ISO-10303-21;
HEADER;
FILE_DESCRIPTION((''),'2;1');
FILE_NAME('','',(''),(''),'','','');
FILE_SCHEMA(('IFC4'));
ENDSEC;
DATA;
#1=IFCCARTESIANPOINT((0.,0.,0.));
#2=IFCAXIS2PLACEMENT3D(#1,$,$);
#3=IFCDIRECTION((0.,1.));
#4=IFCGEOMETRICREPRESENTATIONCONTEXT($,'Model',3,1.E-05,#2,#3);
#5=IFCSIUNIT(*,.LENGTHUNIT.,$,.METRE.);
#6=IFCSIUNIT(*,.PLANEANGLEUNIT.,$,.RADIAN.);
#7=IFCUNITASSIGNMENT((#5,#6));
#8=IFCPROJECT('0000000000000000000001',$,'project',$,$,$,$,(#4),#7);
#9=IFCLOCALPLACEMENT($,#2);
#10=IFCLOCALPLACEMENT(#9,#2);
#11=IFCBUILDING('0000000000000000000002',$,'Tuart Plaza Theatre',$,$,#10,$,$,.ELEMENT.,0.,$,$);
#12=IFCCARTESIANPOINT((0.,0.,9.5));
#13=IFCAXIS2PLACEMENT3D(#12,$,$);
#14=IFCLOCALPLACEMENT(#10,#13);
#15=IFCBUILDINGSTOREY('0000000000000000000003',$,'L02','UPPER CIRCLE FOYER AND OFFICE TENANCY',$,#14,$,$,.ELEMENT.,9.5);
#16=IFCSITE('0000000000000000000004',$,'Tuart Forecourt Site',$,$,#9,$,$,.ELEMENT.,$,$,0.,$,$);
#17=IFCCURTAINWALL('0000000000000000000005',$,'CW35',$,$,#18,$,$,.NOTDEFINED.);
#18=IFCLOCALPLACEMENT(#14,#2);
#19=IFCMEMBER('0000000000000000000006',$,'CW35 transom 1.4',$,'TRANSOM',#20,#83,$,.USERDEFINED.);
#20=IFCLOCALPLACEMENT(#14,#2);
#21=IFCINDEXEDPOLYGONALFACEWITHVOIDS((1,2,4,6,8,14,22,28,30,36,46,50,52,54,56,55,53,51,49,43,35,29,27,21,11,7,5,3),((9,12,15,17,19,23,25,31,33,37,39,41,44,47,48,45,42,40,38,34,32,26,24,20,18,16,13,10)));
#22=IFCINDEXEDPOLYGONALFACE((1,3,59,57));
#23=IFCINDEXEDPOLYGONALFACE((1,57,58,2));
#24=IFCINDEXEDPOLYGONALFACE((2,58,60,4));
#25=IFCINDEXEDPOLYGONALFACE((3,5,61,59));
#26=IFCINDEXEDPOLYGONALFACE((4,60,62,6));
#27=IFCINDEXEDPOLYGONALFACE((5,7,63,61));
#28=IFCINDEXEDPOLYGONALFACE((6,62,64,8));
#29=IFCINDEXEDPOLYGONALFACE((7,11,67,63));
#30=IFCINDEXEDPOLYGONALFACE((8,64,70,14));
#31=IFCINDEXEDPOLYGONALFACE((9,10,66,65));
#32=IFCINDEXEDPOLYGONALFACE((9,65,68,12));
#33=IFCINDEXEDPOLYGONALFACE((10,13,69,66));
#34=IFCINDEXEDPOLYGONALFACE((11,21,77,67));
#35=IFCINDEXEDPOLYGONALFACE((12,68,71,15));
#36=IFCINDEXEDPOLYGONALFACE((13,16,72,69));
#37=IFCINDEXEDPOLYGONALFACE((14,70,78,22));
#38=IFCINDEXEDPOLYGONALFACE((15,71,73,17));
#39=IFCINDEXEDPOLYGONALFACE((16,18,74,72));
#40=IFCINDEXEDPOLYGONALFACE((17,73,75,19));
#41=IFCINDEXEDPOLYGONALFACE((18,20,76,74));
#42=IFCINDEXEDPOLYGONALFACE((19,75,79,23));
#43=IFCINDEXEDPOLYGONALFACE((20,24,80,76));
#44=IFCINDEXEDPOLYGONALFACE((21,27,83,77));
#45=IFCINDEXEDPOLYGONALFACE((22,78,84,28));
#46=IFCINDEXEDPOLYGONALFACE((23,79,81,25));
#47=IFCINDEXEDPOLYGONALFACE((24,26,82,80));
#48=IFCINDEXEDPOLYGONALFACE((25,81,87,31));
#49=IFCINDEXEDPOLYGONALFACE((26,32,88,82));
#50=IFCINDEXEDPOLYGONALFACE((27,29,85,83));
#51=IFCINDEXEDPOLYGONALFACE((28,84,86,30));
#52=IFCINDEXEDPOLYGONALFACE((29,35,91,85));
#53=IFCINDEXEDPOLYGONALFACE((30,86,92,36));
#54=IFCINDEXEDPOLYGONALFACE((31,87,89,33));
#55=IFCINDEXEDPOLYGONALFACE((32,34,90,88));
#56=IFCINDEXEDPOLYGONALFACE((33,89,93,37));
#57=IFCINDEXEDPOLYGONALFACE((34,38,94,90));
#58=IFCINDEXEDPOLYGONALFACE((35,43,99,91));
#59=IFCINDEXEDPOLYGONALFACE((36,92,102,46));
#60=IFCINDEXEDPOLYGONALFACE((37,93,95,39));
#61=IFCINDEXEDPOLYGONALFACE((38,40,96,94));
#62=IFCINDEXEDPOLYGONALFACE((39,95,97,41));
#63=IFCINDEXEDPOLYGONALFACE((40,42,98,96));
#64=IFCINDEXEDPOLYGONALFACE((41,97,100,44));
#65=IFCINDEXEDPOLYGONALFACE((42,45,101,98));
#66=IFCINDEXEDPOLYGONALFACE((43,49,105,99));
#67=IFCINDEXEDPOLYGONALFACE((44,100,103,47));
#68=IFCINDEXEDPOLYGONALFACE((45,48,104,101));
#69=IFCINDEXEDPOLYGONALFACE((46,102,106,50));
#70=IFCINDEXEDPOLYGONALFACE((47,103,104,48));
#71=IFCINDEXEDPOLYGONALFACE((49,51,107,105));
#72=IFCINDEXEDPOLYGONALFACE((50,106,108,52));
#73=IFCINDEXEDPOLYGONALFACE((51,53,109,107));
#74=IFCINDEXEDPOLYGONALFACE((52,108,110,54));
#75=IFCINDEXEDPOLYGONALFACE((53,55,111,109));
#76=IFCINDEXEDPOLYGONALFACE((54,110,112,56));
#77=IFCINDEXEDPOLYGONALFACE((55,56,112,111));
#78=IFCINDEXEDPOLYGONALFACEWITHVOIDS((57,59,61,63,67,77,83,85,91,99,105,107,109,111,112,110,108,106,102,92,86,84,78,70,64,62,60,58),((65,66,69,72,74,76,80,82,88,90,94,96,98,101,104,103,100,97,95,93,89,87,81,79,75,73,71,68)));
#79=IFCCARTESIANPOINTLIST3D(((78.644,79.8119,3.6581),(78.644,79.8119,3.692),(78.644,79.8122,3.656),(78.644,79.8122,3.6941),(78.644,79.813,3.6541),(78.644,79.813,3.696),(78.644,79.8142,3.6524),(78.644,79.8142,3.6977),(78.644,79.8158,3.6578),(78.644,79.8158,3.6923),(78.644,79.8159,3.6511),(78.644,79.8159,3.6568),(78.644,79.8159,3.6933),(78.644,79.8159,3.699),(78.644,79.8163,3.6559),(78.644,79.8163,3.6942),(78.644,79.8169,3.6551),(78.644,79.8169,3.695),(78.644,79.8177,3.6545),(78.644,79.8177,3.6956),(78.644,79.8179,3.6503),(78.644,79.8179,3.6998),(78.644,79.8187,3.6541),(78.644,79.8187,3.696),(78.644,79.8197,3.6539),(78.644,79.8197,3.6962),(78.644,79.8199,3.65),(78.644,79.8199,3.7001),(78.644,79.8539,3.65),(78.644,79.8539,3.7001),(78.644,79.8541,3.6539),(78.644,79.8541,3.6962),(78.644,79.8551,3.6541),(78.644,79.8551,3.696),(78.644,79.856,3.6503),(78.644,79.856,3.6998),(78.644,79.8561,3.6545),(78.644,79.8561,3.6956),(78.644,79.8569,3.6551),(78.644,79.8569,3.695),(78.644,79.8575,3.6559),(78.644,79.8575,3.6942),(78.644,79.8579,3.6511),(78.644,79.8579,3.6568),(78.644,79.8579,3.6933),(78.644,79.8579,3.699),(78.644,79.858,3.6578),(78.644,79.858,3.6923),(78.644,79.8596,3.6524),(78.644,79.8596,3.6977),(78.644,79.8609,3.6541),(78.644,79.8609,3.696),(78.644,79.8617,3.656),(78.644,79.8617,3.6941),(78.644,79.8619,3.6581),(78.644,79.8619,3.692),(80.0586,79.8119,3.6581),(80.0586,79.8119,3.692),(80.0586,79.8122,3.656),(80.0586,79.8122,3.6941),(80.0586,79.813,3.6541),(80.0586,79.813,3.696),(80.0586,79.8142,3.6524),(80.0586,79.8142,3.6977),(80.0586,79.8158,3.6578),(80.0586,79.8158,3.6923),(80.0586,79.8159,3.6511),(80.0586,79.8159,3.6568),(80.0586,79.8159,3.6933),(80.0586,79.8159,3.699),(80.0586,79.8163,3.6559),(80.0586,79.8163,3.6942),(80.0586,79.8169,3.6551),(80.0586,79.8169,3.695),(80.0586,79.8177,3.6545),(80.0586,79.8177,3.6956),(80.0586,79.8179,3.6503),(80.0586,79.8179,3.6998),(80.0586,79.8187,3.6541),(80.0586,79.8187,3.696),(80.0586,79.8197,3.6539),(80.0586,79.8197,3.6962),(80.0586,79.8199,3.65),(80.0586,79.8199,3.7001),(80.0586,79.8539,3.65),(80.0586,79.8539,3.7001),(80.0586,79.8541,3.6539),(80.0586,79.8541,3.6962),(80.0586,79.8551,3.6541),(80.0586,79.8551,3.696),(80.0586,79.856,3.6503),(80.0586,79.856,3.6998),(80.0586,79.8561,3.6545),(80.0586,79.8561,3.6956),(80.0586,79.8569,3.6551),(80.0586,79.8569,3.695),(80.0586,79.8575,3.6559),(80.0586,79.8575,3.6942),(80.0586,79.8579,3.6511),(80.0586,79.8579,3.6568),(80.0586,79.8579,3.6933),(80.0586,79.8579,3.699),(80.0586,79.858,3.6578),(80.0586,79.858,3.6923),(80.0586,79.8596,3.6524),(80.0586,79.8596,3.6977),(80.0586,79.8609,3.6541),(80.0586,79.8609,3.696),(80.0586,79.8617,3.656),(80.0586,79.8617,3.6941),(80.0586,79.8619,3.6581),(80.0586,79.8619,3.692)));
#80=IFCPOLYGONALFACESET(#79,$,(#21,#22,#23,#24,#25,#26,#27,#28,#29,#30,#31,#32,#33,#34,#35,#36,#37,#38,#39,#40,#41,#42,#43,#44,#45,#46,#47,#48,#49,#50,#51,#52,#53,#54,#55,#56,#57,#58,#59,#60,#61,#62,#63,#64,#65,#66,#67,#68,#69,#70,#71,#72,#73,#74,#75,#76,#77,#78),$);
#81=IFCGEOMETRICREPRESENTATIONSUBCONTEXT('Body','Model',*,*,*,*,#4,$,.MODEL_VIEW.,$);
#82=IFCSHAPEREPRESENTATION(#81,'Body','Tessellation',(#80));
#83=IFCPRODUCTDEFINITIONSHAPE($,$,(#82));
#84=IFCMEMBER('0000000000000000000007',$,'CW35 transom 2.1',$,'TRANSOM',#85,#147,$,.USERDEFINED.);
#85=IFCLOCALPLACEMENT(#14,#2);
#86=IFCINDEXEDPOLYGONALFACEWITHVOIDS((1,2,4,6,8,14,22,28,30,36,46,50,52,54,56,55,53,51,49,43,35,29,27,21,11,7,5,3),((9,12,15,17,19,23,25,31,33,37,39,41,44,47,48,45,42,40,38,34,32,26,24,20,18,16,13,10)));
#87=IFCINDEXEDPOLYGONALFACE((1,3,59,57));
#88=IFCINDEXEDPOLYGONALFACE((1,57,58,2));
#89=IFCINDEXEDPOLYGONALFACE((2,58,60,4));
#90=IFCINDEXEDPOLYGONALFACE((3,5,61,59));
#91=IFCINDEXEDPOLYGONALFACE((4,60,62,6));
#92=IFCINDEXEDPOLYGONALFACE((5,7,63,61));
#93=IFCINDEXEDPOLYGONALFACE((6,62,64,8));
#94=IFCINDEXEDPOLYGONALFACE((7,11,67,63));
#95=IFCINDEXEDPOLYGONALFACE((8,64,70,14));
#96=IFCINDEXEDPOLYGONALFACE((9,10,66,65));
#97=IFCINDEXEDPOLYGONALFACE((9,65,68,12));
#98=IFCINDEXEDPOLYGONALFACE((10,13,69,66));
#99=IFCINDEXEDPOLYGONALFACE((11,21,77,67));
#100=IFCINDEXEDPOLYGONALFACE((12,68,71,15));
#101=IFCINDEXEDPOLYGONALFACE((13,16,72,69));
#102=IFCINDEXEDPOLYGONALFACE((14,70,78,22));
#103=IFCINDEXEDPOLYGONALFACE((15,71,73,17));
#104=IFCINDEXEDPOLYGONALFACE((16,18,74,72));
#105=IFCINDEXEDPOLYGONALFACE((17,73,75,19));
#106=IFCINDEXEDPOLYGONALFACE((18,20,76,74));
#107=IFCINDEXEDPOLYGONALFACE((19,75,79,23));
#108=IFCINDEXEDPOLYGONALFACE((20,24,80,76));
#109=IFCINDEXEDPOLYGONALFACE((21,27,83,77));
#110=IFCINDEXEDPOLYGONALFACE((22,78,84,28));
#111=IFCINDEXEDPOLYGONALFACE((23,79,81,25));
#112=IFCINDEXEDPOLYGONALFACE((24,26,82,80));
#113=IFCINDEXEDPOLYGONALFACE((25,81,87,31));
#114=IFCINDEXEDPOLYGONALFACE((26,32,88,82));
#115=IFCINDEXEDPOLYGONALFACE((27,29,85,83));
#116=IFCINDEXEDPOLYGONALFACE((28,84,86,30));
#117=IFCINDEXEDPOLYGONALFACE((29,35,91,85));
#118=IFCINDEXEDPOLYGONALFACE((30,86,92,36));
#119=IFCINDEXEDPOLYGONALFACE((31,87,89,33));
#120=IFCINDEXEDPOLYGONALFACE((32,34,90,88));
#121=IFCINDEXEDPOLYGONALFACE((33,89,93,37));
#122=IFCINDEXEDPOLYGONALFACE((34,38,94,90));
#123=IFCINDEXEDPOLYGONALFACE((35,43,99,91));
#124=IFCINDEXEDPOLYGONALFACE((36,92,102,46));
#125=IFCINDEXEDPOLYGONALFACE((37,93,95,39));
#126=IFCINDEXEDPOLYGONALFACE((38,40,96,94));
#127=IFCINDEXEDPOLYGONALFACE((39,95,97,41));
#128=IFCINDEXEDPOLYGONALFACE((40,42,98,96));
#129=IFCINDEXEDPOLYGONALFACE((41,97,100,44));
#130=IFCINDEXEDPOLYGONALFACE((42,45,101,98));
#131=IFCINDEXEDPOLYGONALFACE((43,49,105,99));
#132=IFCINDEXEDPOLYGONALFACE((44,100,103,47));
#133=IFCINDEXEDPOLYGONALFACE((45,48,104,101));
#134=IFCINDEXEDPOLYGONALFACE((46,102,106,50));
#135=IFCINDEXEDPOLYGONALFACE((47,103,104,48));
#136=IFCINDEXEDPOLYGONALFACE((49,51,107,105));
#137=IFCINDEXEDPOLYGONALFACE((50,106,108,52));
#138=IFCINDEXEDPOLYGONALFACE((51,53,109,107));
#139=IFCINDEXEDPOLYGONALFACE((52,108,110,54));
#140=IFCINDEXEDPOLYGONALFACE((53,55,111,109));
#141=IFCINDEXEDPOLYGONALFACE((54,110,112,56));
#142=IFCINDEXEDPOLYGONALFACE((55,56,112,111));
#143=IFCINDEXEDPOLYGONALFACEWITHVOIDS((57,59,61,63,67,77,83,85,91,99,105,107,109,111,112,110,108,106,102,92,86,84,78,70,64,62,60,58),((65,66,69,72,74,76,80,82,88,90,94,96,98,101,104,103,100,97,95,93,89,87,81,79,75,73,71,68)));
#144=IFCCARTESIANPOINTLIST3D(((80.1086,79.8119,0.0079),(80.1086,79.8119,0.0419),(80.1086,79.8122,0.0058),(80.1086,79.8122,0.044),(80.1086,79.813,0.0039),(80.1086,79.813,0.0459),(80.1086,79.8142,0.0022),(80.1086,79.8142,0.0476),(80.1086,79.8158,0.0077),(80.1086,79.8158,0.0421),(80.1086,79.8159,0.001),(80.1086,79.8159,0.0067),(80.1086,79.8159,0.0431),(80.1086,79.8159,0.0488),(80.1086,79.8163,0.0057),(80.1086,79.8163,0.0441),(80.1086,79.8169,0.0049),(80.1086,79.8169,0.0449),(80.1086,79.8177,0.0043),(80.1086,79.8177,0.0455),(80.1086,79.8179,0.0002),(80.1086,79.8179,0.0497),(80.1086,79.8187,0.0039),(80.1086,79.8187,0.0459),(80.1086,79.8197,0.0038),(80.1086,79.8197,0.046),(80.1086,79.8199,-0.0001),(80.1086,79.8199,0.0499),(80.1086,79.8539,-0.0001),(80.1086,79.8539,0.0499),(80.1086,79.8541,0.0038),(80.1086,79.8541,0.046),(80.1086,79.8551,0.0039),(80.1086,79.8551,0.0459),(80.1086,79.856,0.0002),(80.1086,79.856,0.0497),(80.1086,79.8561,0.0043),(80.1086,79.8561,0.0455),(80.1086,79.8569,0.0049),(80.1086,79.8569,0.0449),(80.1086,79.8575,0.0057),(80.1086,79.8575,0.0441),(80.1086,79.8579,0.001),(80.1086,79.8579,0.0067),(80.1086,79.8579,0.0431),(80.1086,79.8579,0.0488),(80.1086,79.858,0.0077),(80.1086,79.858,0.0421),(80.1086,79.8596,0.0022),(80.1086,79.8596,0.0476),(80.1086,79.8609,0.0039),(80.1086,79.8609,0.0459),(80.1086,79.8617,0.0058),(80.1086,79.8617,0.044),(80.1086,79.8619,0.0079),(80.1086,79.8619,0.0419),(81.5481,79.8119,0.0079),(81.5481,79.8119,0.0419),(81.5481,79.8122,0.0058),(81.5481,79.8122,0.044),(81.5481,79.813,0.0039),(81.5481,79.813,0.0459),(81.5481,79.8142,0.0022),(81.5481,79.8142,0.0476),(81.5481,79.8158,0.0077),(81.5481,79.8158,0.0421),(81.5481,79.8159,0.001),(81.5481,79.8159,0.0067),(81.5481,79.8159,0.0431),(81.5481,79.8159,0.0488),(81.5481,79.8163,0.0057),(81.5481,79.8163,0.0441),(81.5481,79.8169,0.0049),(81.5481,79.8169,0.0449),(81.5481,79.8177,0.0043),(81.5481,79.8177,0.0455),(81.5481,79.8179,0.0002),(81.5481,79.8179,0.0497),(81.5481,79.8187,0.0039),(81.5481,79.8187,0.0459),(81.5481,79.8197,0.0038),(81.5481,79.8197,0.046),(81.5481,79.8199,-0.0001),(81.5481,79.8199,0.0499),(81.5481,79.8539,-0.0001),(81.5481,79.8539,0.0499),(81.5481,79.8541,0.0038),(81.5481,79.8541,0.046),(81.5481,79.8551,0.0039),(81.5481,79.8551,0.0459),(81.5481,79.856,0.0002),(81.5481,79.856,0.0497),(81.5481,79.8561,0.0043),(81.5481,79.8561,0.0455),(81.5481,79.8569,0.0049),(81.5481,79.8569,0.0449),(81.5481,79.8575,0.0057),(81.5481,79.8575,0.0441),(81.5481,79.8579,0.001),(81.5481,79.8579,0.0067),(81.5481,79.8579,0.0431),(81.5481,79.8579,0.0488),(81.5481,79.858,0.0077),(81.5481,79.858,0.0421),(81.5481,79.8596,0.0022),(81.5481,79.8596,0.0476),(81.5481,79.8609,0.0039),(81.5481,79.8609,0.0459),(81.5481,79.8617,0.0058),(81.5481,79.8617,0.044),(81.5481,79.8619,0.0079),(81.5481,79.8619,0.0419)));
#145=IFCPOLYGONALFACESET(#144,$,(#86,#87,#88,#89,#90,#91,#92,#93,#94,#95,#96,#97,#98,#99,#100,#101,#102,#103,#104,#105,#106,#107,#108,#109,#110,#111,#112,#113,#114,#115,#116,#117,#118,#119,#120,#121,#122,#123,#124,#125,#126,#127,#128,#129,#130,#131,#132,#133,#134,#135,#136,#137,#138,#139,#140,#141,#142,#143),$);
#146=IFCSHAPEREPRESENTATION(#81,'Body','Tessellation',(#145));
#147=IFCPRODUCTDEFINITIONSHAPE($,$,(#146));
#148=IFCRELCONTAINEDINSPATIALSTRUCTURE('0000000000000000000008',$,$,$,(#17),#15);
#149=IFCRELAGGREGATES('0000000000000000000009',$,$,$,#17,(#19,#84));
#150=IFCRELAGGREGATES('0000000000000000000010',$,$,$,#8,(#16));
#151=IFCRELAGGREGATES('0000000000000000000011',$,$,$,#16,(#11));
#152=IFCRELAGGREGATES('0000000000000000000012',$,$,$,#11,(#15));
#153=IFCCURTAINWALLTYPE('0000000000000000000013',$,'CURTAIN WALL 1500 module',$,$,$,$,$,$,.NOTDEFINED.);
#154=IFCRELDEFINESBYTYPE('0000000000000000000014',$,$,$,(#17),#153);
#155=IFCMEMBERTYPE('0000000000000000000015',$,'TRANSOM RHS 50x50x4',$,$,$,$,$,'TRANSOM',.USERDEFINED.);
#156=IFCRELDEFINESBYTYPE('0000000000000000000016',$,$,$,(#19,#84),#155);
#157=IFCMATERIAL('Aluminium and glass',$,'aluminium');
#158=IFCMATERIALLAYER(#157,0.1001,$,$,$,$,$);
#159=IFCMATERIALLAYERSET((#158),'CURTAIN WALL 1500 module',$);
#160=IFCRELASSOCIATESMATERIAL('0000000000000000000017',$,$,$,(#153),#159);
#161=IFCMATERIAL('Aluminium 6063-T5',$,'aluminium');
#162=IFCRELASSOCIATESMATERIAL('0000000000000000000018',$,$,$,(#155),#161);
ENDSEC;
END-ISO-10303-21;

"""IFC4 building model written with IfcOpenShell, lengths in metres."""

from ifc_helpers import new_model, si_unit, direction, frame, origin, origin_2d, place, context, subcontext, project, spatial, hollow_rectangle, extrude, material, layer, layer_set, material_profile, profile_set, type_object, element, aggregate, save


model = new_model("IFC4")

# Units and contexts
model_context = context("Model", 3, precision=1e-05, world=origin(), true_north=direction((0.0, 1.0)))
body_context = subcontext(model_context, "Body", "Model", "MODEL_VIEW")
ifc_project = project(units=[si_unit("LENGTHUNIT", "METRE"), si_unit("PLANEANGLEUNIT", "RADIAN")], contexts=[model_context])

# Site, building, storey
site_placement = place(None, origin())
site = spatial("IfcSite", under=ifc_project, at=site_placement, Name="Tuart Forecourt Site", CompositionType="ELEMENT", RefElevation=0.0)
building_placement = place(site_placement, origin())
building = spatial("IfcBuilding", under=site, at=building_placement, Name="Tuart Plaza Theatre", CompositionType="ELEMENT", ElevationOfRefHeight=0.0)
storey_placement = place(building_placement, frame((0.0, 0.0, 9.5)))
storey = spatial("IfcBuildingStorey", under=building, at=storey_placement, Name="L02", Description="UPPER CIRCLE FOYER AND OFFICE TENANCY", CompositionType="ELEMENT", Elevation=9.5)

# Curtain wall, members
ifc_material_1 = material(Name="Aluminium and glass", Category="aluminium")
ifc_layer_1 = layer(ifc_material_1, 0.1001)
ifc_layer_set_1 = layer_set([ifc_layer_1], Name="CURTAIN WALL 1500 module")
curtain_wall_type = type_object("IfcCurtainWallType", Name="CURTAIN WALL 1500 module", PredefinedType="NOTDEFINED", material=ifc_layer_set_1)
curtain_wall_placement = place(storey_placement, origin())
curtain_wall = element("IfcCurtainWall", 1, at=curtain_wall_placement, inside=storey, type_object=curtain_wall_type, Name="CW35", PredefinedType="NOTDEFINED")
ifc_material_2 = material(Name="Aluminium 6063-T5", Category="aluminium")
ifc_material_profile_1 = material_profile(ifc_material_2, hollow_rectangle(XDim=0.05, YDim=0.05, WallThickness=0.0039, InnerFilletRadius=0.0039, OuterFilletRadius=0.0081, at=origin_2d()), Name="RHS 50x50x4")
ifc_profile_set_1 = profile_set([ifc_material_profile_1], Name="Aluminium 6063-T5")
member_type_1 = type_object("IfcMemberType", Name="TRANSOM RHS 50x50x4", ElementType="TRANSOM", PredefinedType="USERDEFINED", material=ifc_profile_set_1)
member_1_placement = place(storey_placement, frame((78.644, 79.8369, 3.675), z_axis=(1.0, 0.0, 0.0), x_axis=(0.0, 1.0, 0.0)))
member_1 = element("IfcMember", 2, at=member_1_placement, type_object=member_type_1, Name="CW35 transom 1.4", ObjectType="TRANSOM", PredefinedType="USERDEFINED", context=body_context, shape_type="SweptSolid", body=[
    extrude(hollow_rectangle(XDim=0.05, YDim=0.05, WallThickness=0.0039, InnerFilletRadius=0.0039, OuterFilletRadius=0.0081, at=origin_2d()), origin(), (0.0, 0.0, 1.0), 1.4146),
])
member_2_placement = place(storey_placement, frame((80.1086, 79.8369, 0.0249), z_axis=(1.0, 0.0, 0.0), x_axis=(0.0, 1.0, 0.0)))
member_2 = element("IfcMember", 3, at=member_2_placement, type_object=member_type_1, Name="CW35 transom 2.1", ObjectType="TRANSOM", PredefinedType="USERDEFINED", context=body_context, shape_type="SweptSolid", body=[
    extrude(hollow_rectangle(XDim=0.05, YDim=0.05, WallThickness=0.0039, InnerFilletRadius=0.0039, OuterFilletRadius=0.0081, at=origin_2d()), origin(), (0.0, 0.0, 1.0), 1.4395),
])
aggregate(curtain_wall, [member_1, member_2])

save(model, "model.ifc")
